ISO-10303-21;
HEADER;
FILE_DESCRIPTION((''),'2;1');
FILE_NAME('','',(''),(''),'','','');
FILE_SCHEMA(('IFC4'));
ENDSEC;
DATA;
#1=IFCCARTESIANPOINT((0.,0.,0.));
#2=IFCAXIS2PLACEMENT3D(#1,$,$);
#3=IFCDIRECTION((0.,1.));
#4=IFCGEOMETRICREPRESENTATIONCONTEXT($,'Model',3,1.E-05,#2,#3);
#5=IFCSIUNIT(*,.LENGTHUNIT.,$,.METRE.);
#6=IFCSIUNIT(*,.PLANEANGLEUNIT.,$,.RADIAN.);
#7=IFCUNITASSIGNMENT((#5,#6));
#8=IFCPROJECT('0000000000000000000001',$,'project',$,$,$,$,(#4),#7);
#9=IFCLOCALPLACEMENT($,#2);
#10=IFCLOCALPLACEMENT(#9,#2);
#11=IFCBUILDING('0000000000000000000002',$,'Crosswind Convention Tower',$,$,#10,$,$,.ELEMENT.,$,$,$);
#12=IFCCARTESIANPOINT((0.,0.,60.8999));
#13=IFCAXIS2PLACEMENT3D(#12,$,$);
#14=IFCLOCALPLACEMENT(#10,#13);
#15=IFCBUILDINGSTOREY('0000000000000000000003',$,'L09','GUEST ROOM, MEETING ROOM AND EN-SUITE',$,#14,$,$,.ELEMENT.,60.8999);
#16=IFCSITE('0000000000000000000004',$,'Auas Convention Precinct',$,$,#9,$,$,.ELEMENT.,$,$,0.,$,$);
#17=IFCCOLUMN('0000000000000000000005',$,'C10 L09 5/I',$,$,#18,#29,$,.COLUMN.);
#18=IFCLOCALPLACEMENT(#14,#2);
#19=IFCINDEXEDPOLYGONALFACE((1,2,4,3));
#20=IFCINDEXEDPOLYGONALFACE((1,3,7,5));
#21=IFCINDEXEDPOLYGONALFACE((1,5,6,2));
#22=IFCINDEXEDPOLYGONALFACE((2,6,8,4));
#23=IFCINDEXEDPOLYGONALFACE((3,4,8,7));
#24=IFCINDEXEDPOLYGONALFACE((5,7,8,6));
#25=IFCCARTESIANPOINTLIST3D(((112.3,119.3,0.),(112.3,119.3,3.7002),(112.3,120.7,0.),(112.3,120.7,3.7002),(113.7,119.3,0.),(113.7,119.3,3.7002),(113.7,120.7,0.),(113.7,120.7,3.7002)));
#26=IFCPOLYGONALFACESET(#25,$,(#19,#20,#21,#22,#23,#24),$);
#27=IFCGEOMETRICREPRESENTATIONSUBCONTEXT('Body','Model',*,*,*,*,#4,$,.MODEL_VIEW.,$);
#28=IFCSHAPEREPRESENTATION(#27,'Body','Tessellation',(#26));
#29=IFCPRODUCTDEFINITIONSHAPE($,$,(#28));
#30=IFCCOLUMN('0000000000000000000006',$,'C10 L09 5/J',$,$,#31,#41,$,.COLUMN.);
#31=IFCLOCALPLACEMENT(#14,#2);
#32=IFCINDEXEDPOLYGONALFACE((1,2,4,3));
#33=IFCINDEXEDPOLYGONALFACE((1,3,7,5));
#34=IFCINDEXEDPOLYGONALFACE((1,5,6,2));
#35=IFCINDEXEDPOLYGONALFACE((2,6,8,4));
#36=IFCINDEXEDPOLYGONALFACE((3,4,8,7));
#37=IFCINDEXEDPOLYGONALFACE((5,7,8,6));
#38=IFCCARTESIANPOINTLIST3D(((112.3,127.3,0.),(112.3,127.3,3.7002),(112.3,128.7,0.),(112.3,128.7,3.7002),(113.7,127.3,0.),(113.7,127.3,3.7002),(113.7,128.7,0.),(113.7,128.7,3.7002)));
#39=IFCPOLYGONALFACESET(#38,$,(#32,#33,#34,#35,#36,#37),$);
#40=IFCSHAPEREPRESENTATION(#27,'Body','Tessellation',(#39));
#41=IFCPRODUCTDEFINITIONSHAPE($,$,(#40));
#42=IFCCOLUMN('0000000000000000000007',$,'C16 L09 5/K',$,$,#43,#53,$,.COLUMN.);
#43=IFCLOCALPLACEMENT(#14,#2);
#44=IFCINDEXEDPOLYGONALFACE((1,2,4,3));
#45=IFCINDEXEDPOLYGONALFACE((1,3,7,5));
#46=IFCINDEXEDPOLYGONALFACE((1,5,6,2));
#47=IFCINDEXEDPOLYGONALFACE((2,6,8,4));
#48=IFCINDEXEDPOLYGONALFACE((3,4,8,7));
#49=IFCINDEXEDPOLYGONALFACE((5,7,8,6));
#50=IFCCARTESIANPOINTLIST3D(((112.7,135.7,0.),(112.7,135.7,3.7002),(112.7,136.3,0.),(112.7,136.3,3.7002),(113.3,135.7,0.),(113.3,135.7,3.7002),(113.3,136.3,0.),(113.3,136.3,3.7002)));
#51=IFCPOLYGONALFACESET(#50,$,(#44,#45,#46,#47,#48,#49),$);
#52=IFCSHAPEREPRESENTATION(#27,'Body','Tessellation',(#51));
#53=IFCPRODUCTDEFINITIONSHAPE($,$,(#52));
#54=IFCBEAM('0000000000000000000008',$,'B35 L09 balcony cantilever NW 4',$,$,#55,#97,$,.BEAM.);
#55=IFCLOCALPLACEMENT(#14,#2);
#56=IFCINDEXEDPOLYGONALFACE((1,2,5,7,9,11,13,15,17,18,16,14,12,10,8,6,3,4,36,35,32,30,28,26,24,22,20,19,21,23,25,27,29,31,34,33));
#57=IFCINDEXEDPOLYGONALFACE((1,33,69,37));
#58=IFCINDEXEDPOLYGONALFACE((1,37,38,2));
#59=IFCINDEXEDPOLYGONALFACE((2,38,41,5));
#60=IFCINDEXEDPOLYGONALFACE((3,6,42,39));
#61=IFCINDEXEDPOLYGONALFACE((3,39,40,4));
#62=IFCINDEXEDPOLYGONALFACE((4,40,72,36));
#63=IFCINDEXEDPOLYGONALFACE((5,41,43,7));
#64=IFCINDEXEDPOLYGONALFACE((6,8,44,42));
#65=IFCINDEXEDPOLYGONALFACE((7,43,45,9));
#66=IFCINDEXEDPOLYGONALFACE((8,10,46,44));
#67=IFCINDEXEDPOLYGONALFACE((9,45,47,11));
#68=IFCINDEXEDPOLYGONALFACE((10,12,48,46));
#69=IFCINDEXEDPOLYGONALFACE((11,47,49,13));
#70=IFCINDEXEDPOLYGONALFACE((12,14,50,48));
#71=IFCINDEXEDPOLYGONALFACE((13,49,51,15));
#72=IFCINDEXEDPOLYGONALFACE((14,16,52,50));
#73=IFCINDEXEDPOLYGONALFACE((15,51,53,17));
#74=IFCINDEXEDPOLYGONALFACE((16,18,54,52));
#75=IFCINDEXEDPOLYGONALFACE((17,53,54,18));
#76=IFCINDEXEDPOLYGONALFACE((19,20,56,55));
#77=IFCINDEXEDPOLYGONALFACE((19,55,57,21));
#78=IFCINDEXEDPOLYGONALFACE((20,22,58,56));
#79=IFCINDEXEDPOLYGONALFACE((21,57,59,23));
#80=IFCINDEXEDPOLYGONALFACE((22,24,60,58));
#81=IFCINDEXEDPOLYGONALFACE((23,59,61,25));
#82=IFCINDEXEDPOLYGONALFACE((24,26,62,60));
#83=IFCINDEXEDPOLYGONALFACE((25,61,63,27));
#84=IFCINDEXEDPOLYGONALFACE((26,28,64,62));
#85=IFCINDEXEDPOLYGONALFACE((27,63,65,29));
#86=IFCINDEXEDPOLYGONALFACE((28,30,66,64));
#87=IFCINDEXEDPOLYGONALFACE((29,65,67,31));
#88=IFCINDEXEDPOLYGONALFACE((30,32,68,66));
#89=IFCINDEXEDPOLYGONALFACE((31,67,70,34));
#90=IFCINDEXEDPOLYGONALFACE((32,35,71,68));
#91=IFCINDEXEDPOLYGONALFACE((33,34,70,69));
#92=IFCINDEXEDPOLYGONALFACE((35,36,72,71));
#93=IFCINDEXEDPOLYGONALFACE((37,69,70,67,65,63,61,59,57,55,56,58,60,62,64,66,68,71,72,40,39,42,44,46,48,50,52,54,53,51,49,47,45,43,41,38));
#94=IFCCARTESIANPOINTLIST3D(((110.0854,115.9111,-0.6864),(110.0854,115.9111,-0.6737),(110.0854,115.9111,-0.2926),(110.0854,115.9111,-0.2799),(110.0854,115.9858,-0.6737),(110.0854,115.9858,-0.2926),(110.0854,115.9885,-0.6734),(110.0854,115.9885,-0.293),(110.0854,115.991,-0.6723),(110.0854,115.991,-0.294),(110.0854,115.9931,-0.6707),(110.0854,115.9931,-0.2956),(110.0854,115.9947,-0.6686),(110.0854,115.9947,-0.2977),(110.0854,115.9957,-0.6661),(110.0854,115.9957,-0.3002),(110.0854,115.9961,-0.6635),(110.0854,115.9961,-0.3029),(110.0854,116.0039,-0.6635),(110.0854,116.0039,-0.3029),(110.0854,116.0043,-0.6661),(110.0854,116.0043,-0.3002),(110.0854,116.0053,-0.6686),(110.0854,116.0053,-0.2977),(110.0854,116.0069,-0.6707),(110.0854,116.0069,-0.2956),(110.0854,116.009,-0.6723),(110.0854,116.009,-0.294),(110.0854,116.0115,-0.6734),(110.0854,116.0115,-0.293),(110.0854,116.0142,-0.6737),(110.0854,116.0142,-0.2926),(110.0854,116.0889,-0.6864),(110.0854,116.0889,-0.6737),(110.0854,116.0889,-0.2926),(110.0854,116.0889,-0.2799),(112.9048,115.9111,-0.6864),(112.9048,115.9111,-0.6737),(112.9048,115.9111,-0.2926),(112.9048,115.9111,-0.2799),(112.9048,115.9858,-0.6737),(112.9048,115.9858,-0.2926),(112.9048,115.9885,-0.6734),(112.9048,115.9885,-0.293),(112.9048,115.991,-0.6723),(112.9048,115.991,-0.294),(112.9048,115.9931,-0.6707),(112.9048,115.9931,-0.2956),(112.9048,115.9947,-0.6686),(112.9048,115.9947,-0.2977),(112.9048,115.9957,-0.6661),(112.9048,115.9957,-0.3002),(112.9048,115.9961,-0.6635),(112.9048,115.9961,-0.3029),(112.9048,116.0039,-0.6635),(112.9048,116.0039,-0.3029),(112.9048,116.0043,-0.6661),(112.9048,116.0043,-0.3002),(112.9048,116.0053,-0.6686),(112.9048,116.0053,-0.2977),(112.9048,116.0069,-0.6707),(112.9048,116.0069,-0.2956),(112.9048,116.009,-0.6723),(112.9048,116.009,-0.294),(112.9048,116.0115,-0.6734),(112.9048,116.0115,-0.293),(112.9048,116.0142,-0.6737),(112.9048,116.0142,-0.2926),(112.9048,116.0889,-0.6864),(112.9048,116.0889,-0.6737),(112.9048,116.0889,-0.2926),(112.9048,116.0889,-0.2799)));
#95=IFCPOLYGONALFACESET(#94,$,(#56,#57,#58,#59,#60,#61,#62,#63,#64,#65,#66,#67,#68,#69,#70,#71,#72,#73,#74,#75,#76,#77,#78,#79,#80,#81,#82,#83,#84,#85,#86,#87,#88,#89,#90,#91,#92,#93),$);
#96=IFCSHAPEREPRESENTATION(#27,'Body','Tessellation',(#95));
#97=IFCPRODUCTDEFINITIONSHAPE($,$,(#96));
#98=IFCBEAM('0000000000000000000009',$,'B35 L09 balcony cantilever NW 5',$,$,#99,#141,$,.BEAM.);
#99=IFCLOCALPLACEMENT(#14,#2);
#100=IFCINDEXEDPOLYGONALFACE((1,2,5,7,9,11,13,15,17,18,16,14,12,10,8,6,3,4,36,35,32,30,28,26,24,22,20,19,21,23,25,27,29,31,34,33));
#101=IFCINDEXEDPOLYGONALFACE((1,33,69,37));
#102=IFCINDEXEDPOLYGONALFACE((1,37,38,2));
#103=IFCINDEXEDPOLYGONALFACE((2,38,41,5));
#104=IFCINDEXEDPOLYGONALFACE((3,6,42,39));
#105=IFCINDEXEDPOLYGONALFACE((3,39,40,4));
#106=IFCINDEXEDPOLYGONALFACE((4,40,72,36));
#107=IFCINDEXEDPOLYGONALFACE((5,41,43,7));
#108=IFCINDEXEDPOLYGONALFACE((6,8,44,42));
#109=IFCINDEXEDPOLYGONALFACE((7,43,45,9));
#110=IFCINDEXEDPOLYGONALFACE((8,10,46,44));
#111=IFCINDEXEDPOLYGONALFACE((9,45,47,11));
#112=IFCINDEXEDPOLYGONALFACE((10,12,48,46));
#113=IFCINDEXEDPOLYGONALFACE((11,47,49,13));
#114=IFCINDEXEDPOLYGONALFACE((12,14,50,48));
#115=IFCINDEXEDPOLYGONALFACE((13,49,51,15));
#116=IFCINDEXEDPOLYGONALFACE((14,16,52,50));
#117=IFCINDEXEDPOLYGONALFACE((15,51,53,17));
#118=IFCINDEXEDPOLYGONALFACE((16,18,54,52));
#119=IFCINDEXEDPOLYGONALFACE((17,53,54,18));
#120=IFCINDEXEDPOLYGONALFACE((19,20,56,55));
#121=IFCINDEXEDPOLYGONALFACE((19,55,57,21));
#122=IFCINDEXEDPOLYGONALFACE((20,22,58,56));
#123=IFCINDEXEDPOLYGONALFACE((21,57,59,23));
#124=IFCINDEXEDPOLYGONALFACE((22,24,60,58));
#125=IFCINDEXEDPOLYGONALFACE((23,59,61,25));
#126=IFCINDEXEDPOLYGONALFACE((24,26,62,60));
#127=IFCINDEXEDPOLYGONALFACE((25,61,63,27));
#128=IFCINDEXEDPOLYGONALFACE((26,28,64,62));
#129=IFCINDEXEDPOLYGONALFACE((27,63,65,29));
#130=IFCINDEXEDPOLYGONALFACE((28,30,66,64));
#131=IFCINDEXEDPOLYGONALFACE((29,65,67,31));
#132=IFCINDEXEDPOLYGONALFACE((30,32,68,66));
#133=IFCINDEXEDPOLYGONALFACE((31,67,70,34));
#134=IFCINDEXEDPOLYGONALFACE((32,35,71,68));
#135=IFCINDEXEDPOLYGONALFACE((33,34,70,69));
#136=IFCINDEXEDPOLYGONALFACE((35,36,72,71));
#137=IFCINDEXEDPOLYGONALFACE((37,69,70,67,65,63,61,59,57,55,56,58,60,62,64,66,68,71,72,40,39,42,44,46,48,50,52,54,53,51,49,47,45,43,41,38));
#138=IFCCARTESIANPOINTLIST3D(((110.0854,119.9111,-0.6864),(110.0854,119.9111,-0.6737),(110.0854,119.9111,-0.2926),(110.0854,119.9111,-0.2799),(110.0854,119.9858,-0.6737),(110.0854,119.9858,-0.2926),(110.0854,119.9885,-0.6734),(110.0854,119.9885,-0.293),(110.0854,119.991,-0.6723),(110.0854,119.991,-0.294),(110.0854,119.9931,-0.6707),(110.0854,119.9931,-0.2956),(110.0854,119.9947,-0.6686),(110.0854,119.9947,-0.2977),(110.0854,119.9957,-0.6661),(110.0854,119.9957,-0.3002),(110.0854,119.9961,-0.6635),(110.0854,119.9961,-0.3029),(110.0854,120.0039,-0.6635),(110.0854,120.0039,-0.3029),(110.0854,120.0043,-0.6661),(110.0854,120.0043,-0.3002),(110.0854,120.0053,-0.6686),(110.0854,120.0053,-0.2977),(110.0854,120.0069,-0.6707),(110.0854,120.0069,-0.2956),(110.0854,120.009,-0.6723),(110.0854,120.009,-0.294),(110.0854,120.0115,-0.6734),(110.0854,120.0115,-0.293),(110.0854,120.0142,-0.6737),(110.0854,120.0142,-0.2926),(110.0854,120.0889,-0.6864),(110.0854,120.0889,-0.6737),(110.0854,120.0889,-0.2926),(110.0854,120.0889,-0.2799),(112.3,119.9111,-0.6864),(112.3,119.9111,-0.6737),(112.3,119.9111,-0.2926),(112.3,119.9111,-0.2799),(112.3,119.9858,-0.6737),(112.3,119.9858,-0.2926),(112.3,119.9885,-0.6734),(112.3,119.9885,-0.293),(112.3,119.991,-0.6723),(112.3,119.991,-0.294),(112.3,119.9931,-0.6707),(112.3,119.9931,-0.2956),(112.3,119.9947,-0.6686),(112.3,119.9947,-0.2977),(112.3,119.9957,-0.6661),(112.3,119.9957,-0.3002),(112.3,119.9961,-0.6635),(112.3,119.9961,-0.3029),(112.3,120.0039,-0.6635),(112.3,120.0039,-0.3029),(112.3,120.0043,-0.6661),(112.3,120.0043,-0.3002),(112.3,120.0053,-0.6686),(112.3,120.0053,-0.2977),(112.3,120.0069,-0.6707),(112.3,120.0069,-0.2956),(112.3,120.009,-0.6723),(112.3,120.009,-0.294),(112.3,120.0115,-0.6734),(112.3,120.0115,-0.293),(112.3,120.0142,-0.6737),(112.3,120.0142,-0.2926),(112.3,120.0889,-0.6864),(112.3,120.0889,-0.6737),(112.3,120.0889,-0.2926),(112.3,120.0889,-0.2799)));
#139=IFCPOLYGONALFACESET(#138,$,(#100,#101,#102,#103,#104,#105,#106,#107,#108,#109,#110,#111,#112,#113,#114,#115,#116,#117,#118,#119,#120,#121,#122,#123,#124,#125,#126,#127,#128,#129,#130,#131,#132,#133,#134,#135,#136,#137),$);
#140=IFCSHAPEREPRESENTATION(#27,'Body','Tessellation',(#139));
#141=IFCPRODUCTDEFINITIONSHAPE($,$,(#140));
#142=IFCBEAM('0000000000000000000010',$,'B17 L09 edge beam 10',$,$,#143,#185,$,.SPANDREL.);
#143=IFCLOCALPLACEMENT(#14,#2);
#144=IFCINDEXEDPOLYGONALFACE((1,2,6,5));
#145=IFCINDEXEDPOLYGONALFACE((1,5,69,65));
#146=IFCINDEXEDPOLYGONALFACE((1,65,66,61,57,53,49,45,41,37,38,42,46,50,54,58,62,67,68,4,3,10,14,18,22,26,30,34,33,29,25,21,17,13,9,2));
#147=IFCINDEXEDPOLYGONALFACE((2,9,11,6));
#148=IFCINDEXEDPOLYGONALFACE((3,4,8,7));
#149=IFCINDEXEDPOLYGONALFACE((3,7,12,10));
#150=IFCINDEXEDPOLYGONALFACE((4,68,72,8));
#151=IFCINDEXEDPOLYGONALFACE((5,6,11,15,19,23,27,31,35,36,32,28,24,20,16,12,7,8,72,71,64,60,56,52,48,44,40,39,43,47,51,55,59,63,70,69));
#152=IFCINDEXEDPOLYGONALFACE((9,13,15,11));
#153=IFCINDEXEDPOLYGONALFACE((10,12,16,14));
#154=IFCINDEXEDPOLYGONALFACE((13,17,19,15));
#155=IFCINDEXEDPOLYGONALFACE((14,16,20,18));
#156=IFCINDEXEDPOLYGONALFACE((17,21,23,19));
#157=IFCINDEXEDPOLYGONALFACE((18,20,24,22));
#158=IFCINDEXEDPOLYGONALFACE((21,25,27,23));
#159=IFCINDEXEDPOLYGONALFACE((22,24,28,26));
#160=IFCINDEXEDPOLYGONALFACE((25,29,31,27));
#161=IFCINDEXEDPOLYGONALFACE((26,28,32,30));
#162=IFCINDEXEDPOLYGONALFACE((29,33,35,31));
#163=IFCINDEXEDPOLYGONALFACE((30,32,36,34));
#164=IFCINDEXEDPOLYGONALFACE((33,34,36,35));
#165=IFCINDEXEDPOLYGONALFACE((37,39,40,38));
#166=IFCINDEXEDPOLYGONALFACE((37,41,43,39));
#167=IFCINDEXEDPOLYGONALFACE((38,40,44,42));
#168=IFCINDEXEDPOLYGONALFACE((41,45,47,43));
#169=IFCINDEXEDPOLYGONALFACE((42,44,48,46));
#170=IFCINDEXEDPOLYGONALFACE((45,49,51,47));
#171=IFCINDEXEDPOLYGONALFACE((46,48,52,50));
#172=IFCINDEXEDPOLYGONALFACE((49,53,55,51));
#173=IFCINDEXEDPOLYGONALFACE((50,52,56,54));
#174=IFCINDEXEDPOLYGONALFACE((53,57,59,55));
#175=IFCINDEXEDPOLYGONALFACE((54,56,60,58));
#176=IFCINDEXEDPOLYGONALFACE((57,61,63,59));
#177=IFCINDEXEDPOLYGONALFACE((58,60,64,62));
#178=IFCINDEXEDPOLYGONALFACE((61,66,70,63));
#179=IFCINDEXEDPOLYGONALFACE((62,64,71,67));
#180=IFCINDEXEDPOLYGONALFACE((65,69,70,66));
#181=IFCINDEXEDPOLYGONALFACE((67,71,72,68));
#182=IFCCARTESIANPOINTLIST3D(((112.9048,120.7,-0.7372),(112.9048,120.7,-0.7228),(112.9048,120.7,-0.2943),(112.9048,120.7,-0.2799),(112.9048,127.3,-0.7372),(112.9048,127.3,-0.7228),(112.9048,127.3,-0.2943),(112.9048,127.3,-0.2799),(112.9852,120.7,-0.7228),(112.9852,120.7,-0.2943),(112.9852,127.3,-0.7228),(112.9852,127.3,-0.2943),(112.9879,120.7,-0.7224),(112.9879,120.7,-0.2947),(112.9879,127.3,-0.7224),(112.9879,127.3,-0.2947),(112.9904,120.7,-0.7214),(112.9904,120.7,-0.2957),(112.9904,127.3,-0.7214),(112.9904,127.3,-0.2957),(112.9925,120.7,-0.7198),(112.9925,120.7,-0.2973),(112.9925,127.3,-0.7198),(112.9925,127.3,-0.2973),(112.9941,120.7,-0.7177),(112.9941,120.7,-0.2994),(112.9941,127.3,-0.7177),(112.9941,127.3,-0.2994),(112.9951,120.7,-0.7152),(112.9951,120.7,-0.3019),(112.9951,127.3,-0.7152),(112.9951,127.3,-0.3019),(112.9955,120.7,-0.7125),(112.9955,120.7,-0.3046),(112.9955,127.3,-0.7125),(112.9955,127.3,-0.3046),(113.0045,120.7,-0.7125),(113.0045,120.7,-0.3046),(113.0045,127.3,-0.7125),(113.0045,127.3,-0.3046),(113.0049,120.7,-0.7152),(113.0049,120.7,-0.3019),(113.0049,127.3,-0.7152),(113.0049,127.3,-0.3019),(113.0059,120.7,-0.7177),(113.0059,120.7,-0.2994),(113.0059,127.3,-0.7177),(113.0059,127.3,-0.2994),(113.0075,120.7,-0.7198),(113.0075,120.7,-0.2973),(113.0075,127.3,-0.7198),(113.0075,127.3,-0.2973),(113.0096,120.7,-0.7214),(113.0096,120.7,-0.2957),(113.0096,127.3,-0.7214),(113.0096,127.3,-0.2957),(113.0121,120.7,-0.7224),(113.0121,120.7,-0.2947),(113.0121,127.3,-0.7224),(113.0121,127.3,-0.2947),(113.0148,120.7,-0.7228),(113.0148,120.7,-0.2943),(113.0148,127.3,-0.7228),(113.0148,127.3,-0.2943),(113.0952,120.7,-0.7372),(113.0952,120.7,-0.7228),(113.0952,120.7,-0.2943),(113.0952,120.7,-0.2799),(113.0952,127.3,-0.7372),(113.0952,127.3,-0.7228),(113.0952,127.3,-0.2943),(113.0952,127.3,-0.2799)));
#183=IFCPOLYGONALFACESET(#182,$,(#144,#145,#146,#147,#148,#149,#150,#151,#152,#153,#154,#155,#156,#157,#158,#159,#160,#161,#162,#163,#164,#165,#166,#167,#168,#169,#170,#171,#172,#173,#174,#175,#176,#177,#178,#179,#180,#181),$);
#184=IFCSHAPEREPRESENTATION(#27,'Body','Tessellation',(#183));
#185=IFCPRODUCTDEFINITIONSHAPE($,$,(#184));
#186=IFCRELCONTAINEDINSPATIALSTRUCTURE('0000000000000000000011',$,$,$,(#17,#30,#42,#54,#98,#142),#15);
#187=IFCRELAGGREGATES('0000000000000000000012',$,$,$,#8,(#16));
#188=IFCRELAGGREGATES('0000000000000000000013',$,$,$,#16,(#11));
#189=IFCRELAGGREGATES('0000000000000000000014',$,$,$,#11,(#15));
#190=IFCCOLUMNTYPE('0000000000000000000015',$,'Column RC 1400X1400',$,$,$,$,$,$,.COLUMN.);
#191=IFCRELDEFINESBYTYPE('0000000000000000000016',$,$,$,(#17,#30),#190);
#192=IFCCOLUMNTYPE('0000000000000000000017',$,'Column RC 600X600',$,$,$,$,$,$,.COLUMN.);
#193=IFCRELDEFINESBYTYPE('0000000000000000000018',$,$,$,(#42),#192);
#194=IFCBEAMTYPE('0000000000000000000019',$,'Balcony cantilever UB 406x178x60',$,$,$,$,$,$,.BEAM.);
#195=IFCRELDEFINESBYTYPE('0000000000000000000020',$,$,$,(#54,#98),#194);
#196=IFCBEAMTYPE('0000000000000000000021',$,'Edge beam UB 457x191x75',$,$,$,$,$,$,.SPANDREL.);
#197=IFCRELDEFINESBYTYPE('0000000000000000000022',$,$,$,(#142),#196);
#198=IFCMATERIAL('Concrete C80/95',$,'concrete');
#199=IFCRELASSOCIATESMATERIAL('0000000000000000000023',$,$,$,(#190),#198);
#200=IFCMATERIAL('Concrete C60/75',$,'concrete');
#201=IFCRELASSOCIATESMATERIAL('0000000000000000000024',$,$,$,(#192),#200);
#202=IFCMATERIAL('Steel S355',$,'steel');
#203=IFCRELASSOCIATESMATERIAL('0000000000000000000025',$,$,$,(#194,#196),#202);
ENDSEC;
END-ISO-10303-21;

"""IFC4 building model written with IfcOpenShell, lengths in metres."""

from ifc_helpers import new_model, si_unit, direction, frame, origin, origin_2d, place, context, subcontext, project, spatial, rectangle, i_section, extrude, material, material_profile, profile_set, type_object, element, save


model = new_model("IFC4")

# Units and contexts
model_context = context("Model", 3, precision=1e-05, world=origin(), true_north=direction((0.0, 1.0)))
body_context = subcontext(model_context, "Body", "Model", "MODEL_VIEW")
ifc_project = project(units=[si_unit("LENGTHUNIT", "METRE"), si_unit("PLANEANGLEUNIT", "RADIAN")], contexts=[model_context])

# Site, building, storey
site_placement = place(None, origin())
site = spatial("IfcSite", under=ifc_project, at=site_placement, Name="Auas Convention Precinct", CompositionType="ELEMENT", RefElevation=0.0)
building_placement = place(site_placement, origin())
building = spatial("IfcBuilding", under=site, at=building_placement, Name="Crosswind Convention Tower", CompositionType="ELEMENT")
storey_placement = place(building_placement, frame((0.0, 0.0, 60.8999)))
storey = spatial("IfcBuildingStorey", under=building, at=storey_placement, Name="L09", Description="GUEST ROOM, MEETING ROOM AND EN-SUITE", CompositionType="ELEMENT", Elevation=60.8999)

# Columns
ifc_material_1 = material(Name="Concrete C80/95", Category="concrete")
ifc_material_profile_1 = material_profile(ifc_material_1, rectangle(XDim=1.3999, YDim=1.3999, at=origin_2d()), Name="RC 1400X1400")
ifc_profile_set_1 = profile_set([ifc_material_profile_1], Name="Concrete C80/95")
column_type_1 = type_object("IfcColumnType", Name="Column RC 1400X1400", PredefinedType="COLUMN", material=ifc_profile_set_1)
for number, where, z_axis, x_axis, name in (
    (1, (113.0, 120.0, 0.0), (0.0, 0.0, 1.0), (1.0, 0.0, 0.0), "C10 L09 5/I"),
    (2, (113.0, 128.0, 0.0), (0.0, 0.0, 1.0), (1.0, 0.0, 0.0), "C10 L09 5/J"),
):
    element("IfcColumn", number, at=place(storey_placement, frame(where, z_axis=z_axis, x_axis=x_axis)), inside=storey, type_object=column_type_1, Name=name, PredefinedType="COLUMN", context=body_context, shape_type="SweptSolid", body=[
        extrude(rectangle(XDim=1.3999, YDim=1.3999, at=origin_2d()), origin(), (0.0, 0.0, 1.0), 3.7002),
    ])
ifc_material_2 = material(Name="Concrete C60/75", Category="concrete")
ifc_material_profile_2 = material_profile(ifc_material_2, rectangle(XDim=0.6001, YDim=0.6001, at=origin_2d()), Name="RC 600X600")
ifc_profile_set_2 = profile_set([ifc_material_profile_2], Name="Concrete C60/75")
column_type_2 = type_object("IfcColumnType", Name="Column RC 600X600", PredefinedType="COLUMN", material=ifc_profile_set_2)
column_placement = place(storey_placement, frame((113.0, 136.0, 0.0), z_axis=(0.0, 0.0, 1.0), x_axis=(1.0, 0.0, 0.0)))
element("IfcColumn", 3, at=column_placement, inside=storey, type_object=column_type_2, Name="C16 L09 5/K", PredefinedType="COLUMN", context=body_context, shape_type="SweptSolid", body=[
    extrude(rectangle(XDim=0.6001, YDim=0.6001, at=origin_2d()), origin(), (0.0, 0.0, 1.0), 3.7002),
])

# Beams
ifc_material_3 = material(Name="Steel S355", Category="steel")
ifc_material_profile_3 = material_profile(ifc_material_3, i_section(OverallWidth=0.1777, OverallDepth=0.4065, WebThickness=0.0078, FlangeThickness=0.0127, FilletRadius=0.0103, at=origin_2d()), Name="UB 406x178x60")
ifc_profile_set_3 = profile_set([ifc_material_profile_3], Name="Steel S355")
beam_type_1 = type_object("IfcBeamType", Name="Balcony cantilever UB 406x178x60", PredefinedType="BEAM", material=ifc_profile_set_3)
beam_1_placement = place(storey_placement, frame((112.9048, 116.0, -0.4832), z_axis=(-1.0, 0.0, 0.0), x_axis=(0.0, -1.0, 0.0)))
element("IfcBeam", 4, at=beam_1_placement, inside=storey, type_object=beam_type_1, Name="B35 L09 balcony cantilever NW 4", PredefinedType="BEAM", context=body_context, shape_type="SweptSolid", body=[
    extrude(i_section(OverallWidth=0.1777, OverallDepth=0.4065, WebThickness=0.0078, FlangeThickness=0.0127, FilletRadius=0.0103, at=origin_2d()), origin(), (0.0, 0.0, 1.0), 2.8193),
])
beam_2_placement = place(storey_placement, frame((112.3, 120.0, -0.4832), z_axis=(-1.0, 0.0, 0.0), x_axis=(0.0, -1.0, 0.0)))
element("IfcBeam", 5, at=beam_2_placement, inside=storey, type_object=beam_type_1, Name="B35 L09 balcony cantilever NW 5", PredefinedType="BEAM", context=body_context, shape_type="SweptSolid", body=[
    extrude(i_section(OverallWidth=0.1777, OverallDepth=0.4065, WebThickness=0.0078, FlangeThickness=0.0127, FilletRadius=0.0103, at=origin_2d()), origin(), (0.0, 0.0, 1.0), 2.2146),
])
ifc_material_profile_4 = material_profile(ifc_material_3, i_section(OverallWidth=0.1904, OverallDepth=0.4573, WebThickness=0.009, FlangeThickness=0.0144, FilletRadius=0.0103, at=origin_2d()), Name="UB 457x191x75")
ifc_profile_set_4 = profile_set([ifc_material_profile_4], Name="Steel S355")
beam_type_2 = type_object("IfcBeamType", Name="Edge beam UB 457x191x75", PredefinedType="SPANDREL", material=ifc_profile_set_4)
beam_3_placement = place(storey_placement, frame((113.0, 120.7, -0.5085), z_axis=(0.0, 1.0, 0.0), x_axis=(-1.0, 0.0, 0.0)))
element("IfcBeam", 6, at=beam_3_placement, inside=storey, type_object=beam_type_2, Name="B17 L09 edge beam 10", PredefinedType="SPANDREL", context=body_context, shape_type="SweptSolid", body=[
    extrude(i_section(OverallWidth=0.1904, OverallDepth=0.4573, WebThickness=0.009, FlangeThickness=0.0144, FilletRadius=0.0103, at=origin_2d()), origin(), (0.0, 0.0, 1.0), 6.6001),
])

save(model, "model.ifc")
